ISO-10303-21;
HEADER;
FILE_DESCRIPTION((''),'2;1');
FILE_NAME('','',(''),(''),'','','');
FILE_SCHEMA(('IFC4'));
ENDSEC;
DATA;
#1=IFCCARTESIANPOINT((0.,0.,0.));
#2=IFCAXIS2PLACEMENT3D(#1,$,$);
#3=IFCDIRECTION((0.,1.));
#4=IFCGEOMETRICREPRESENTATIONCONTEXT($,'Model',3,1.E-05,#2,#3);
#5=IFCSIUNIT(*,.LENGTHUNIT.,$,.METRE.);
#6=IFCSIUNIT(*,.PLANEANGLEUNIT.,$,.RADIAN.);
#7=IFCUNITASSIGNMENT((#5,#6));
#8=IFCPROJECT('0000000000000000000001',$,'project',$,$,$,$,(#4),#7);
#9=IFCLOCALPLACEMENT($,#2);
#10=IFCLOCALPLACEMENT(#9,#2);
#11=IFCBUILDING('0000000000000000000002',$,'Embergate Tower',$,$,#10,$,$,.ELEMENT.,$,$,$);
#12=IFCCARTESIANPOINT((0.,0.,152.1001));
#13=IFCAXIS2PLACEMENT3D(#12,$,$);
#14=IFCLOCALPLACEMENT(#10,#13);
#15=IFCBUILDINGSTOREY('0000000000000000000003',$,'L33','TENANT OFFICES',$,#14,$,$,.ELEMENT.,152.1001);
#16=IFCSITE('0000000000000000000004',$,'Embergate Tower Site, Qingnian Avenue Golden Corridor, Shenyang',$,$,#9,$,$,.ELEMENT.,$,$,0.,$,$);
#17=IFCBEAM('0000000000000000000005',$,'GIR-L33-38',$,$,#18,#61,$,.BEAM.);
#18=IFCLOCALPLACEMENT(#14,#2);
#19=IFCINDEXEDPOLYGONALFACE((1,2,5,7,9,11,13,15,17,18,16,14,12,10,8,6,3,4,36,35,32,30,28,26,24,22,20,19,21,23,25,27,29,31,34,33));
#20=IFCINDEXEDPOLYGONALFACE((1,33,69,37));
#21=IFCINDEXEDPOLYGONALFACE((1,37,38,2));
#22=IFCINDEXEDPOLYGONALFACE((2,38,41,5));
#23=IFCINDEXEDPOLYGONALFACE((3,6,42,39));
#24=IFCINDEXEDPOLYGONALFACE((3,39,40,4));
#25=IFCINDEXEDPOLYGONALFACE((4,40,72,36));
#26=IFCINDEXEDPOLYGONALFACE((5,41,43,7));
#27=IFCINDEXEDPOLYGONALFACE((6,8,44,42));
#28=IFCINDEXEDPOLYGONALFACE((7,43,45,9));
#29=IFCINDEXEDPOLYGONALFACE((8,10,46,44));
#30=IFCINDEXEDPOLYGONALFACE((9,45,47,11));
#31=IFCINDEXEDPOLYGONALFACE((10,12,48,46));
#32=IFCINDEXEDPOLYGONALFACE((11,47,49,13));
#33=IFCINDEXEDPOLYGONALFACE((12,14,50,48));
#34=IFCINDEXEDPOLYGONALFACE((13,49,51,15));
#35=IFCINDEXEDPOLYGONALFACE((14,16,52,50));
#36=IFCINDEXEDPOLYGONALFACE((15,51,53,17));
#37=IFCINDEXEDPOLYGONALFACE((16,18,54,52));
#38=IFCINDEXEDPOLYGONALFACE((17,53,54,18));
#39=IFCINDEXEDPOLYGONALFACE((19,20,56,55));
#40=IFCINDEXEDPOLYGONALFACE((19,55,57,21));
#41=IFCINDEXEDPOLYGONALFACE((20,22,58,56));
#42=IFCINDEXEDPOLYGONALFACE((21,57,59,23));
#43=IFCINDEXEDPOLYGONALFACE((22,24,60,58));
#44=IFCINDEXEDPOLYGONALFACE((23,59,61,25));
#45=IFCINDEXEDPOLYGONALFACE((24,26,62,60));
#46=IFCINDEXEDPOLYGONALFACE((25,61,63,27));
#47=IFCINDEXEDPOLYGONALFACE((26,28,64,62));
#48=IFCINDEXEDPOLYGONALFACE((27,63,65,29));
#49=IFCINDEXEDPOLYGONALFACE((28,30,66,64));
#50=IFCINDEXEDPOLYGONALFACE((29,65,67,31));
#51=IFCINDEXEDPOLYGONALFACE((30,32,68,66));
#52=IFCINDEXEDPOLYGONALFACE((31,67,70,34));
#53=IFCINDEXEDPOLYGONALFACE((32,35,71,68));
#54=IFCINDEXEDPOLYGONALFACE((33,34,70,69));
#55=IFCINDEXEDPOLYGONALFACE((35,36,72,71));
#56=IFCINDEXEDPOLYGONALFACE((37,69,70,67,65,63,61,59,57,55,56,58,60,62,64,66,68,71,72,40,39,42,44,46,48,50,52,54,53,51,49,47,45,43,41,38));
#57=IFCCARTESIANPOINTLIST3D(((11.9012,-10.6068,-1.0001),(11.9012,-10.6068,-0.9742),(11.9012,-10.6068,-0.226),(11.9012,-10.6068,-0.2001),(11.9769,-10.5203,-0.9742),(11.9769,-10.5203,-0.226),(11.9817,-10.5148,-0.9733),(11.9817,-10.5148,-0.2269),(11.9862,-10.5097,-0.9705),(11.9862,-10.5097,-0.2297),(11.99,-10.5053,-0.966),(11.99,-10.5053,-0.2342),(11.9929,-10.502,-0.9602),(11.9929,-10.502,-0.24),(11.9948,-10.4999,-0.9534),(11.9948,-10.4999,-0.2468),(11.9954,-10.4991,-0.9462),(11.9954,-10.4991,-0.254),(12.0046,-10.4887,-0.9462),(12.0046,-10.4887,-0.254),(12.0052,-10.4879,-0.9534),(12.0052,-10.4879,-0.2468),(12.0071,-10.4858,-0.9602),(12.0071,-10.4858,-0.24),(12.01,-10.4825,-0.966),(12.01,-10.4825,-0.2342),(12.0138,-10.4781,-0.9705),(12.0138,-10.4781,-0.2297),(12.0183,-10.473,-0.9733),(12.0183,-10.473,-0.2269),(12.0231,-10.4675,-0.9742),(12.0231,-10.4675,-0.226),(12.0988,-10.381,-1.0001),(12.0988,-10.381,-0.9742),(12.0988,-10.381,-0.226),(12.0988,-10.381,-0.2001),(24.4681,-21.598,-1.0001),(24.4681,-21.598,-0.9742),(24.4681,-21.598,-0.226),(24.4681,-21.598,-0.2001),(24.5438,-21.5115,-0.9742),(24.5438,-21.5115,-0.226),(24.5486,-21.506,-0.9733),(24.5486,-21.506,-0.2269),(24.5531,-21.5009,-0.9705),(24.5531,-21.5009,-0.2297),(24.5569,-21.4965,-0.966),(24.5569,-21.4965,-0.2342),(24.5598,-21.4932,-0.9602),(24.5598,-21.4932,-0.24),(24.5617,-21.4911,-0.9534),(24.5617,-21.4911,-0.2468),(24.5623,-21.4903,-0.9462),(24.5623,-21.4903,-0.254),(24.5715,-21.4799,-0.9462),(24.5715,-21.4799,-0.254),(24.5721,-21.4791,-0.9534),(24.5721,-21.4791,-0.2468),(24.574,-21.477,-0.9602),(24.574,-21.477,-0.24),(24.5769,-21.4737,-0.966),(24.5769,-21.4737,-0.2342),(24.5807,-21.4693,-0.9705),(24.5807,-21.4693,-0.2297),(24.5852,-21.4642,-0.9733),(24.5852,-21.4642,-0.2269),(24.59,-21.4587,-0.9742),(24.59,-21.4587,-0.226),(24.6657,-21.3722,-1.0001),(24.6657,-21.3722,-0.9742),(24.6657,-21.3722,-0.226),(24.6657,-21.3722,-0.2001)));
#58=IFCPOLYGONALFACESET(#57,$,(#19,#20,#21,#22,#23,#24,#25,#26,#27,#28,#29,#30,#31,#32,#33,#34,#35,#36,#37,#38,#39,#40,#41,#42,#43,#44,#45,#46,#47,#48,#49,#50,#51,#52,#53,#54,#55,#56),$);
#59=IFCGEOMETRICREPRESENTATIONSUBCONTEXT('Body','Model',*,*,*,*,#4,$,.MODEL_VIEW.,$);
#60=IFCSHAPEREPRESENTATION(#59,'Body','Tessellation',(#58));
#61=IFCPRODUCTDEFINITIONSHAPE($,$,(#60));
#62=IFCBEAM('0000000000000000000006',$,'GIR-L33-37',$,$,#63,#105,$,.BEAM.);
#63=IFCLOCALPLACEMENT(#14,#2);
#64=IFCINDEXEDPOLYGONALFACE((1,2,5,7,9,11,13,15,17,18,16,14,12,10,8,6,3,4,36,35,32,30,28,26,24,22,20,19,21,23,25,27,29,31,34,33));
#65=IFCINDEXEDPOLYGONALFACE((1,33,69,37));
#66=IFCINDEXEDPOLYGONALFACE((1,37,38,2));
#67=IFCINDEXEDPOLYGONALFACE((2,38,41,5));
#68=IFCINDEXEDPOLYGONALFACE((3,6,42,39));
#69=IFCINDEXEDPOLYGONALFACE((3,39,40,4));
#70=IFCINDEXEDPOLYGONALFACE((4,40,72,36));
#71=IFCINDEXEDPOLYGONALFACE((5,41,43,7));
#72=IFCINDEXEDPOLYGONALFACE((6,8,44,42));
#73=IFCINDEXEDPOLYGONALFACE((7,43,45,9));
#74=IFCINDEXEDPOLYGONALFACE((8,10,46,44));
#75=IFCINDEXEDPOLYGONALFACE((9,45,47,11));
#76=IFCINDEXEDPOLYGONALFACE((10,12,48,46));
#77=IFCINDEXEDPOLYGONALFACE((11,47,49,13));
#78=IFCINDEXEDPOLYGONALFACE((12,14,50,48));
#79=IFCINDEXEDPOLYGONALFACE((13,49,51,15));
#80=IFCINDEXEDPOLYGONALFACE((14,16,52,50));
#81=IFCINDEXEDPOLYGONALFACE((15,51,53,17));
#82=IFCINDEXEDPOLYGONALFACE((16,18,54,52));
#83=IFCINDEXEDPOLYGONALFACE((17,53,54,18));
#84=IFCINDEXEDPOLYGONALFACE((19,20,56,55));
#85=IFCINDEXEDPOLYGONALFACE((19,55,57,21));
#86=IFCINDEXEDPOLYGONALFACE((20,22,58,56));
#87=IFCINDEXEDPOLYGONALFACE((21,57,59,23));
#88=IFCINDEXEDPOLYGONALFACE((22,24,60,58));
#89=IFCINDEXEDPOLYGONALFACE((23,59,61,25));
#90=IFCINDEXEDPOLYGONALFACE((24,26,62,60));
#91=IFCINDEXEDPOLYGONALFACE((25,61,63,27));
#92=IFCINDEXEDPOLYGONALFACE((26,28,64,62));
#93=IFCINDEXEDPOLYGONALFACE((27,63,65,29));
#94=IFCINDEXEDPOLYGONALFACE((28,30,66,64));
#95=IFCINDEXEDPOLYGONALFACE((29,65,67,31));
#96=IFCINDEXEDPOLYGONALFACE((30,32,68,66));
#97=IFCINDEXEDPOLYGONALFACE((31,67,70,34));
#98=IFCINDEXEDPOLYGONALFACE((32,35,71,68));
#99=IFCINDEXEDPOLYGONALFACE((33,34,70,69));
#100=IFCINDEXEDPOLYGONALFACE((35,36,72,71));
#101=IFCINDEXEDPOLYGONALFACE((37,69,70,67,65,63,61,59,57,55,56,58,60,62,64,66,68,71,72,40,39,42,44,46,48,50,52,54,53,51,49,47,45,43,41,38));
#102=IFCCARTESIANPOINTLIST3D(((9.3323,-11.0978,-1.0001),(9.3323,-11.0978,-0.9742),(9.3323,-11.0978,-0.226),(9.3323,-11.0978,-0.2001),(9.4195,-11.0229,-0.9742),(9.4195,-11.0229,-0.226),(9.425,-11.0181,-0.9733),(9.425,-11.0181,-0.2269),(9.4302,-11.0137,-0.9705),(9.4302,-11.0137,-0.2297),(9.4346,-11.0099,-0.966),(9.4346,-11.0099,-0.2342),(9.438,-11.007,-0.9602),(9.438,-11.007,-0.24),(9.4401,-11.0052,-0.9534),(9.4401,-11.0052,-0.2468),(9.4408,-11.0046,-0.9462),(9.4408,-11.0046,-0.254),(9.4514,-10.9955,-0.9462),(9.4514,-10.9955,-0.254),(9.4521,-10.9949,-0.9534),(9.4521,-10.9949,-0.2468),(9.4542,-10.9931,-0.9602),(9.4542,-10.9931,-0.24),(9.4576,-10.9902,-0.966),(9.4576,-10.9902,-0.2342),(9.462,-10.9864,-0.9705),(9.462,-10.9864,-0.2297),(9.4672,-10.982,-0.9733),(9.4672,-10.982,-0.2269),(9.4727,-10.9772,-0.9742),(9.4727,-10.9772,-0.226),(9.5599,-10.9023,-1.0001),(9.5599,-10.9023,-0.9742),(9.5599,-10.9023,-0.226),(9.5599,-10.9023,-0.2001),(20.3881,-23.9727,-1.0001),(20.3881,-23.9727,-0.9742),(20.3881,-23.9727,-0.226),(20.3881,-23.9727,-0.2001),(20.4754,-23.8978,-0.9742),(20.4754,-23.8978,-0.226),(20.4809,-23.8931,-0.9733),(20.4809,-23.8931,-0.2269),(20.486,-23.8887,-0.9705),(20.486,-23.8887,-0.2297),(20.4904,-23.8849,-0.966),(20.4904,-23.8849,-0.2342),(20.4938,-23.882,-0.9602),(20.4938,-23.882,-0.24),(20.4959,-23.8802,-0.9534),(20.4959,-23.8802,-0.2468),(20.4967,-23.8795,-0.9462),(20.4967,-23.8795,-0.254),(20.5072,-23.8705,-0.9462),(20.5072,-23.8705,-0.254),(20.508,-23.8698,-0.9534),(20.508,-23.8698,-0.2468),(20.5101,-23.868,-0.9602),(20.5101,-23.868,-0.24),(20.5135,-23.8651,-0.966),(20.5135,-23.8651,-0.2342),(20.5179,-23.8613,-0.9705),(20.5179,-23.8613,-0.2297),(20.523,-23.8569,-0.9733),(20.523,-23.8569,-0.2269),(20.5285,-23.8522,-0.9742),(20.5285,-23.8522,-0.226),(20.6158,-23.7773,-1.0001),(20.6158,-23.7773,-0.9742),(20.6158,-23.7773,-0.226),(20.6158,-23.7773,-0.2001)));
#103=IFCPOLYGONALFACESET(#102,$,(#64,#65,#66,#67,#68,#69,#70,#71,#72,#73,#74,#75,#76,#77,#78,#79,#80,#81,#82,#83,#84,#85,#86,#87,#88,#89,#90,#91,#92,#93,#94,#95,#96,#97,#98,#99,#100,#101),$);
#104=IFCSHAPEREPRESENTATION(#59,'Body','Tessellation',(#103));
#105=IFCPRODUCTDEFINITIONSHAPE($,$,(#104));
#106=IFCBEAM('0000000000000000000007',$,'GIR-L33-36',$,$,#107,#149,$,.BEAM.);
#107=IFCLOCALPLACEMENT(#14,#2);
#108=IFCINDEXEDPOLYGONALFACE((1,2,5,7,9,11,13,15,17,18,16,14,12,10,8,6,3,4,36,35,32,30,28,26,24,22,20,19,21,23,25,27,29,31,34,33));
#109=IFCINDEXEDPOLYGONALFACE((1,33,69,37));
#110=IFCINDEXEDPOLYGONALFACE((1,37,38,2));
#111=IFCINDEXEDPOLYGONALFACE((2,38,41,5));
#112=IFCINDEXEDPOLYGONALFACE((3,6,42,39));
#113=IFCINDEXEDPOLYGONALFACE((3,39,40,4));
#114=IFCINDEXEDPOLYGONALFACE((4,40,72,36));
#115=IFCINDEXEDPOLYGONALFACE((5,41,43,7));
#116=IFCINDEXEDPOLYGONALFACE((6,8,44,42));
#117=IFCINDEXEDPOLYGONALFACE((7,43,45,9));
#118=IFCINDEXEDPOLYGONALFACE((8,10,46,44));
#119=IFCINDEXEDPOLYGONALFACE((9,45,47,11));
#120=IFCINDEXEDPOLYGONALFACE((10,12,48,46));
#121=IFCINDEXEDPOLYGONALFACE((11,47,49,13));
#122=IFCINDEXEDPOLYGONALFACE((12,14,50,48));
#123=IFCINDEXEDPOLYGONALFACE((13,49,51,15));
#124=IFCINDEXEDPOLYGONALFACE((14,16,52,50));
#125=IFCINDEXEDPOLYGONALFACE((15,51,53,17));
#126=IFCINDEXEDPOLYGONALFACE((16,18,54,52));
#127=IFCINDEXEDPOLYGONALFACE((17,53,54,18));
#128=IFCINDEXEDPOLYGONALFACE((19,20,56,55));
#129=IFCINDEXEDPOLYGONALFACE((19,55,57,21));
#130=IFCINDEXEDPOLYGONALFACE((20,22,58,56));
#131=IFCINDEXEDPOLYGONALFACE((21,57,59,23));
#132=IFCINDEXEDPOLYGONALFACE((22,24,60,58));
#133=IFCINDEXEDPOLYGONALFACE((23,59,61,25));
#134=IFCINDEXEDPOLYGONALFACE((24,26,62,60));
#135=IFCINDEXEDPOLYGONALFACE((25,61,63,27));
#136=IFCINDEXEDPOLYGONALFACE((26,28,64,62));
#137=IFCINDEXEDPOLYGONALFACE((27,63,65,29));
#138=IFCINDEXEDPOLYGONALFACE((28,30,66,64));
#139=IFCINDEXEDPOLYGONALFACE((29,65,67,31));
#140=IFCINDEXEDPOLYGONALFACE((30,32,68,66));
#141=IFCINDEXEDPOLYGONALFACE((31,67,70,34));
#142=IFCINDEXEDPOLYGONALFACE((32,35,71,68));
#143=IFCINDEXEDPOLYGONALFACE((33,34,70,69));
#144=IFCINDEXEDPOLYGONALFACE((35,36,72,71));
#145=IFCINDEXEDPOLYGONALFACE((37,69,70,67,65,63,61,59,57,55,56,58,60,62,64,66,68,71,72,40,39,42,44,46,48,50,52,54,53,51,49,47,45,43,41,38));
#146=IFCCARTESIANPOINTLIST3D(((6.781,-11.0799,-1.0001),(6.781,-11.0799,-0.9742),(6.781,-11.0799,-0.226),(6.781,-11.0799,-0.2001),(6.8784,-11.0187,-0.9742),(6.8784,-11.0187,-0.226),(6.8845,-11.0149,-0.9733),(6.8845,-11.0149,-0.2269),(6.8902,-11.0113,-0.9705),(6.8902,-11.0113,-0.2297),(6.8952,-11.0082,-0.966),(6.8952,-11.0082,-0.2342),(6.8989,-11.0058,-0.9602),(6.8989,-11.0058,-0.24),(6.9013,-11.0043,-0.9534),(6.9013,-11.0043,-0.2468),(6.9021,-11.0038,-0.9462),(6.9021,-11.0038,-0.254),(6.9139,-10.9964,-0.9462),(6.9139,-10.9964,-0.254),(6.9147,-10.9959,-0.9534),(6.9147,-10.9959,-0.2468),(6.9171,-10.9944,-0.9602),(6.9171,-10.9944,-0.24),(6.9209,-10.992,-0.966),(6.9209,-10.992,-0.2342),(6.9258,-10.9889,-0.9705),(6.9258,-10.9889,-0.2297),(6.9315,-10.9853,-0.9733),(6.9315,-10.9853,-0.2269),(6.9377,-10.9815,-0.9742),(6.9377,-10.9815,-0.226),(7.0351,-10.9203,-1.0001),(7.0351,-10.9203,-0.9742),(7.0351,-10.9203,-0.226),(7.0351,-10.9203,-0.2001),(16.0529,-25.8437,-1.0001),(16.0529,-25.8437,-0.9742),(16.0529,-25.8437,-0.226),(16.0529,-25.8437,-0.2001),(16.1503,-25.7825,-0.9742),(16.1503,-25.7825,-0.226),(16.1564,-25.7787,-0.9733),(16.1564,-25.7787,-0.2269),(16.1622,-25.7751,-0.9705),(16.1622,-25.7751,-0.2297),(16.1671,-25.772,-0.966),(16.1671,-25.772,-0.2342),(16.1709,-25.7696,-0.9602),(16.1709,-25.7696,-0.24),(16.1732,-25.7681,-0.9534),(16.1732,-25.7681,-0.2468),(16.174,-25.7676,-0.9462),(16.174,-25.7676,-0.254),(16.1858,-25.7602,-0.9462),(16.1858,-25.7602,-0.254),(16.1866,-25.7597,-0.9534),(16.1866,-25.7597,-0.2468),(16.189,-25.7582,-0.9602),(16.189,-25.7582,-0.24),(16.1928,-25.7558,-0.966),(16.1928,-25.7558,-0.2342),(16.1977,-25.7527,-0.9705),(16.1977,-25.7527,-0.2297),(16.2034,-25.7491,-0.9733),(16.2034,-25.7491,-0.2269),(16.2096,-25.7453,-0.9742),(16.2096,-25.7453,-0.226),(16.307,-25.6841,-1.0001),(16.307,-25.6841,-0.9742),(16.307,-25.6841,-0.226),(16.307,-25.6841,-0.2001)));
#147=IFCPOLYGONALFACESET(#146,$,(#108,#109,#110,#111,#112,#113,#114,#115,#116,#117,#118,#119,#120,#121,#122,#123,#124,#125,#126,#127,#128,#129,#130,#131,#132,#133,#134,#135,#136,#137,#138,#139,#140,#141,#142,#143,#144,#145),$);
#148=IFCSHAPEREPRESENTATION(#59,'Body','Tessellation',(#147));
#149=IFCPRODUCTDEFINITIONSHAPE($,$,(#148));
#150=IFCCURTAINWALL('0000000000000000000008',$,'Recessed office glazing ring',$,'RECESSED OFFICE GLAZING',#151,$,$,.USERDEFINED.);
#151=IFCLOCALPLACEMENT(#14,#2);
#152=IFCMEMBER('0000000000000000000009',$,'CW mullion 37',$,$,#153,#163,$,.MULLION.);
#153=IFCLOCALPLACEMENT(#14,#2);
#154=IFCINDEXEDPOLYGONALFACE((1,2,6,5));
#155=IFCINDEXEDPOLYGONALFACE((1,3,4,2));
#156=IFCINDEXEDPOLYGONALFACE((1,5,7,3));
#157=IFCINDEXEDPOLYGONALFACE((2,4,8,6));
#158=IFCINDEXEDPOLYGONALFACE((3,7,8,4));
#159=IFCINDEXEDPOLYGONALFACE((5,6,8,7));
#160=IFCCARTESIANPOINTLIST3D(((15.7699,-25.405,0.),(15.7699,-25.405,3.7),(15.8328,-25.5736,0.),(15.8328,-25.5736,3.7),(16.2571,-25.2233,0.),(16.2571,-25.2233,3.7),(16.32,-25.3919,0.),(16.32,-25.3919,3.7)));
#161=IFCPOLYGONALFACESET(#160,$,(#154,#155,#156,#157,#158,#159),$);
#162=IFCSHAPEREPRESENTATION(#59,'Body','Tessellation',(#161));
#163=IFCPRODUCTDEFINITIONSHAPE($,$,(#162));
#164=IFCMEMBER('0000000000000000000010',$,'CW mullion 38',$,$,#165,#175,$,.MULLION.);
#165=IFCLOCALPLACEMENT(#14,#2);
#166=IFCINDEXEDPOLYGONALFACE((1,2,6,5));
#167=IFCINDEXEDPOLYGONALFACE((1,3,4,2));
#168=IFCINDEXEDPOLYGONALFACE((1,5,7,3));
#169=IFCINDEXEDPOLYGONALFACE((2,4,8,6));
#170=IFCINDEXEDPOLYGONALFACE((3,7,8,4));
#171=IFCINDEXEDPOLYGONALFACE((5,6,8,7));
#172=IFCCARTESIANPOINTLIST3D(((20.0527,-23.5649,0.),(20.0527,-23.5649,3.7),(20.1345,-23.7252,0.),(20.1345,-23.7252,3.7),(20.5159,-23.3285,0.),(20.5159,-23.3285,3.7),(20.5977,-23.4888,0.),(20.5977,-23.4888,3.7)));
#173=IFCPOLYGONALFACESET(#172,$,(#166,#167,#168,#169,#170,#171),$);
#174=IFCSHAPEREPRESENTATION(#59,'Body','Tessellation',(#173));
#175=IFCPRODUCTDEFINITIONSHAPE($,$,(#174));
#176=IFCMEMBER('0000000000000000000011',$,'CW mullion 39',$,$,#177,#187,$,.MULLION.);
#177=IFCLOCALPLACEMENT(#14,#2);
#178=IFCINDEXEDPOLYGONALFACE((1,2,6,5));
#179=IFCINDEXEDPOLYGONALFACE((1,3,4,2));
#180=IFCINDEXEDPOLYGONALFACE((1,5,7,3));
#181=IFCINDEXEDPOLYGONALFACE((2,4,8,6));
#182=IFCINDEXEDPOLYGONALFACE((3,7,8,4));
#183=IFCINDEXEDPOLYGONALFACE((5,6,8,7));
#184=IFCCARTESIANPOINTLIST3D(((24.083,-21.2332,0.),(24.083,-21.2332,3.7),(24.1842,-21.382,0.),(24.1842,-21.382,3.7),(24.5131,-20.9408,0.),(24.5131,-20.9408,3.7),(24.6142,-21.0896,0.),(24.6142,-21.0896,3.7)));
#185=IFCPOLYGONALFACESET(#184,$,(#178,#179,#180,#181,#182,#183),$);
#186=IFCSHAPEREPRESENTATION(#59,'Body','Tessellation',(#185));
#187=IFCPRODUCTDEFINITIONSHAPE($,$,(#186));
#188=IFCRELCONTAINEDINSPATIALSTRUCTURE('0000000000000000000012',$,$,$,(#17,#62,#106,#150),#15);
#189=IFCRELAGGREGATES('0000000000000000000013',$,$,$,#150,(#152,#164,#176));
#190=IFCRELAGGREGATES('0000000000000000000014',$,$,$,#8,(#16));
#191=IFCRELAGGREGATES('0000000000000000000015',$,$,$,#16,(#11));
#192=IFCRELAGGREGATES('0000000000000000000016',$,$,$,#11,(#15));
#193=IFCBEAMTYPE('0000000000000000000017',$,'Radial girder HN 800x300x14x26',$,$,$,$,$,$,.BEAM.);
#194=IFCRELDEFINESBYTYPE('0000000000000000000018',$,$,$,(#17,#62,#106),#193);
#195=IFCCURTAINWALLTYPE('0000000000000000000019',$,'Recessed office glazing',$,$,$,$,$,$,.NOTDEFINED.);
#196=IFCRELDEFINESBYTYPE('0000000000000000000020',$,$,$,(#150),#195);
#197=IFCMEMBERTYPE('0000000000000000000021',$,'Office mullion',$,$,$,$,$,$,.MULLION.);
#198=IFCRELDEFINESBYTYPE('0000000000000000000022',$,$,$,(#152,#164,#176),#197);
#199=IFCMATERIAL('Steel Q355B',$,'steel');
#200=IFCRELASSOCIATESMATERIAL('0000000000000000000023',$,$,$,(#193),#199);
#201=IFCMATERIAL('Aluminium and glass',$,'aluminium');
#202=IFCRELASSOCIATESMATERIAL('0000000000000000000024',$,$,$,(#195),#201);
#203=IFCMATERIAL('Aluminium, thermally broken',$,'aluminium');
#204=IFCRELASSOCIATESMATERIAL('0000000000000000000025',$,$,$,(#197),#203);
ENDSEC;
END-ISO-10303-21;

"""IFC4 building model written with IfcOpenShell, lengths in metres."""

from ifc_helpers import new_model, si_unit, direction, frame, origin, origin_2d, place, context, subcontext, project, spatial, rectangle, i_section, extrude, source, transform, mapped, material, material_profile, profile_set, type_object, element, aggregate, save


model = new_model("IFC4")

# Units and contexts
model_context = context("Model", 3, precision=1e-05, world=origin(), true_north=direction((0.0, 1.0)))
body_context = subcontext(model_context, "Body", "Model", "MODEL_VIEW")
ifc_project = project(units=[si_unit("LENGTHUNIT", "METRE"), si_unit("PLANEANGLEUNIT", "RADIAN")], contexts=[model_context])

# Site, building, storey
site_placement = place(None, origin())
site = spatial("IfcSite", under=ifc_project, at=site_placement, Name="Embergate Tower Site, Qingnian Avenue Golden Corridor, Shenyang", CompositionType="ELEMENT", RefElevation=0.0)
building_placement = place(site_placement, origin())
building = spatial("IfcBuilding", under=site, at=building_placement, Name="Embergate Tower", CompositionType="ELEMENT")
storey_placement = place(building_placement, frame((0.0, 0.0, 152.1001)))
storey = spatial("IfcBuildingStorey", under=building, at=storey_placement, Name="L33", Description="TENANT OFFICES", CompositionType="ELEMENT", Elevation=152.1001)

# Beams
ifc_material_1 = material(Name="Steel Q355B", Category="steel")
ifc_material_profile_1 = material_profile(ifc_material_1, i_section(OverallWidth=0.3, OverallDepth=0.8, WebThickness=0.0139, FlangeThickness=0.0259, FilletRadius=0.0281, at=origin_2d()), Name="HN 800x300x14x26")
ifc_profile_set_1 = profile_set([ifc_material_profile_1], Name="Steel Q355 grade B")
beam_type_1 = type_object("IfcBeamType", Name="Radial girder HN 800x300x14x26", PredefinedType="BEAM", material=ifc_profile_set_1)
shared_shape_1 = source(origin(), body_context, "Body", "SweptSolid", [
    extrude(i_section(OverallWidth=0.3, OverallDepth=0.8, WebThickness=0.0139, FlangeThickness=0.0259, FilletRadius=0.0281, at=origin_2d()), origin(), (0.0, 0.0, 1.0), 16.6953),
])
beam_1_placement = place(storey_placement, frame((24.5669, -21.4851, -0.6001), z_axis=(-0.75272, 0.658341, 0.0), x_axis=(-0.658341, -0.75272, 0.0)))
element("IfcBeam", 1, at=beam_1_placement, inside=storey, type_object=beam_type_1, Name="GIR-L33-38", PredefinedType="BEAM", context=body_context, shape_type="MappedRepresentation", body=[
    mapped(shared_shape_1, transform((0.0, 0.0, 0.0))),
])
shared_shape_2 = source(origin(), body_context, "Body", "SweptSolid", [
    extrude(i_section(OverallWidth=0.3, OverallDepth=0.8, WebThickness=0.0139, FlangeThickness=0.0259, FilletRadius=0.0281, at=origin_2d()), origin(), (0.0, 0.0, 1.0), 16.9705),
])
beam_2_placement = place(storey_placement, frame((20.502, -23.875, -0.6001), z_axis=(-0.651477, 0.758668, 0.0), x_axis=(-0.758668, -0.651477, 0.0)))
element("IfcBeam", 2, at=beam_2_placement, inside=storey, type_object=beam_type_1, Name="GIR-L33-37", PredefinedType="BEAM", context=body_context, shape_type="MappedRepresentation", body=[
    mapped(shared_shape_2, transform((0.0, 0.0, 0.0))),
])
shared_shape_3 = source(origin(), body_context, "Body", "SweptSolid", [
    extrude(i_section(OverallWidth=0.3, OverallDepth=0.8, WebThickness=0.0139, FlangeThickness=0.0259, FilletRadius=0.0281, at=origin_2d()), origin(), (0.0, 0.0, 1.0), 17.4338),
])
beam_3_placement = place(storey_placement, frame((16.1799, -25.7639, -0.6001), z_axis=(-0.531834, 0.846848, 0.0), x_axis=(-0.846848, -0.531834, 0.0)))
element("IfcBeam", 3, at=beam_3_placement, inside=storey, type_object=beam_type_1, Name="GIR-L33-36", PredefinedType="BEAM", context=body_context, shape_type="MappedRepresentation", body=[
    mapped(shared_shape_3, transform((0.0, 0.0, 0.0))),
])

# Curtain wall, members
ifc_material_2 = material(Name="Aluminium and glass", Category="aluminium")
curtain_wall_type = type_object("IfcCurtainWallType", Name="Recessed office glazing", PredefinedType="NOTDEFINED", material=ifc_material_2)
curtain_wall_placement = place(storey_placement, origin())
curtain_wall = element("IfcCurtainWall", 4, at=curtain_wall_placement, inside=storey, type_object=curtain_wall_type, Name="Recessed office glazing ring", ObjectType="RECESSED OFFICE GLAZING", PredefinedType="USERDEFINED")
ifc_material_3 = material(Name="Aluminium, thermally broken", Category="aluminium")
ifc_material_profile_2 = material_profile(ifc_material_3, rectangle(XDim=0.1799, YDim=0.52, at=origin_2d()), Name="AL 520x180")
ifc_profile_set_2 = profile_set([ifc_material_profile_2], Name="Aluminium, thermally broken")
member_type_1 = type_object("IfcMemberType", Name="Office mullion", PredefinedType="MULLION", material=ifc_profile_set_2)
shared_shape_4 = source(origin(), body_context, "Body", "SweptSolid", [
    extrude(rectangle(XDim=0.1799, YDim=0.52, at=origin_2d()), origin(), (0.0, 0.0, 1.0), 3.7),
])
member_1_placement = place(storey_placement, frame((16.0449, -25.3984, 0.0), z_axis=(0.0, 0.0, 1.0), x_axis=(-0.349503, 0.936935, 0.0)))
member_1 = element("IfcMember", 5, at=member_1_placement, type_object=member_type_1, Name="CW mullion 37", PredefinedType="MULLION", context=body_context, shape_type="MappedRepresentation", body=[
    mapped(shared_shape_4, transform((0.0, 0.0, 0.0))),
])
member_2_placement = place(storey_placement, frame((20.3252, -23.5269, 0.0), z_axis=(0.0, 0.0, 1.0), x_axis=(-0.454511, 0.890741, 0.0)))
member_2 = element("IfcMember", 6, at=member_2_placement, type_object=member_type_1, Name="CW mullion 38", PredefinedType="MULLION", context=body_context, shape_type="MappedRepresentation", body=[
    mapped(shared_shape_4, transform((0.0, 0.0, 0.0))),
])
member_3_placement = place(storey_placement, frame((24.3486, -21.1614, 0.0), z_axis=(0.0, 0.0, 1.0), x_axis=(-0.562218, 0.826989, 0.0)))
member_3 = element("IfcMember", 7, at=member_3_placement, type_object=member_type_1, Name="CW mullion 39", PredefinedType="MULLION", context=body_context, shape_type="MappedRepresentation", body=[
    mapped(shared_shape_4, transform((0.0, 0.0, 0.0))),
])
aggregate(curtain_wall, [member_1, member_2, member_3])

save(model, "model.ifc")
